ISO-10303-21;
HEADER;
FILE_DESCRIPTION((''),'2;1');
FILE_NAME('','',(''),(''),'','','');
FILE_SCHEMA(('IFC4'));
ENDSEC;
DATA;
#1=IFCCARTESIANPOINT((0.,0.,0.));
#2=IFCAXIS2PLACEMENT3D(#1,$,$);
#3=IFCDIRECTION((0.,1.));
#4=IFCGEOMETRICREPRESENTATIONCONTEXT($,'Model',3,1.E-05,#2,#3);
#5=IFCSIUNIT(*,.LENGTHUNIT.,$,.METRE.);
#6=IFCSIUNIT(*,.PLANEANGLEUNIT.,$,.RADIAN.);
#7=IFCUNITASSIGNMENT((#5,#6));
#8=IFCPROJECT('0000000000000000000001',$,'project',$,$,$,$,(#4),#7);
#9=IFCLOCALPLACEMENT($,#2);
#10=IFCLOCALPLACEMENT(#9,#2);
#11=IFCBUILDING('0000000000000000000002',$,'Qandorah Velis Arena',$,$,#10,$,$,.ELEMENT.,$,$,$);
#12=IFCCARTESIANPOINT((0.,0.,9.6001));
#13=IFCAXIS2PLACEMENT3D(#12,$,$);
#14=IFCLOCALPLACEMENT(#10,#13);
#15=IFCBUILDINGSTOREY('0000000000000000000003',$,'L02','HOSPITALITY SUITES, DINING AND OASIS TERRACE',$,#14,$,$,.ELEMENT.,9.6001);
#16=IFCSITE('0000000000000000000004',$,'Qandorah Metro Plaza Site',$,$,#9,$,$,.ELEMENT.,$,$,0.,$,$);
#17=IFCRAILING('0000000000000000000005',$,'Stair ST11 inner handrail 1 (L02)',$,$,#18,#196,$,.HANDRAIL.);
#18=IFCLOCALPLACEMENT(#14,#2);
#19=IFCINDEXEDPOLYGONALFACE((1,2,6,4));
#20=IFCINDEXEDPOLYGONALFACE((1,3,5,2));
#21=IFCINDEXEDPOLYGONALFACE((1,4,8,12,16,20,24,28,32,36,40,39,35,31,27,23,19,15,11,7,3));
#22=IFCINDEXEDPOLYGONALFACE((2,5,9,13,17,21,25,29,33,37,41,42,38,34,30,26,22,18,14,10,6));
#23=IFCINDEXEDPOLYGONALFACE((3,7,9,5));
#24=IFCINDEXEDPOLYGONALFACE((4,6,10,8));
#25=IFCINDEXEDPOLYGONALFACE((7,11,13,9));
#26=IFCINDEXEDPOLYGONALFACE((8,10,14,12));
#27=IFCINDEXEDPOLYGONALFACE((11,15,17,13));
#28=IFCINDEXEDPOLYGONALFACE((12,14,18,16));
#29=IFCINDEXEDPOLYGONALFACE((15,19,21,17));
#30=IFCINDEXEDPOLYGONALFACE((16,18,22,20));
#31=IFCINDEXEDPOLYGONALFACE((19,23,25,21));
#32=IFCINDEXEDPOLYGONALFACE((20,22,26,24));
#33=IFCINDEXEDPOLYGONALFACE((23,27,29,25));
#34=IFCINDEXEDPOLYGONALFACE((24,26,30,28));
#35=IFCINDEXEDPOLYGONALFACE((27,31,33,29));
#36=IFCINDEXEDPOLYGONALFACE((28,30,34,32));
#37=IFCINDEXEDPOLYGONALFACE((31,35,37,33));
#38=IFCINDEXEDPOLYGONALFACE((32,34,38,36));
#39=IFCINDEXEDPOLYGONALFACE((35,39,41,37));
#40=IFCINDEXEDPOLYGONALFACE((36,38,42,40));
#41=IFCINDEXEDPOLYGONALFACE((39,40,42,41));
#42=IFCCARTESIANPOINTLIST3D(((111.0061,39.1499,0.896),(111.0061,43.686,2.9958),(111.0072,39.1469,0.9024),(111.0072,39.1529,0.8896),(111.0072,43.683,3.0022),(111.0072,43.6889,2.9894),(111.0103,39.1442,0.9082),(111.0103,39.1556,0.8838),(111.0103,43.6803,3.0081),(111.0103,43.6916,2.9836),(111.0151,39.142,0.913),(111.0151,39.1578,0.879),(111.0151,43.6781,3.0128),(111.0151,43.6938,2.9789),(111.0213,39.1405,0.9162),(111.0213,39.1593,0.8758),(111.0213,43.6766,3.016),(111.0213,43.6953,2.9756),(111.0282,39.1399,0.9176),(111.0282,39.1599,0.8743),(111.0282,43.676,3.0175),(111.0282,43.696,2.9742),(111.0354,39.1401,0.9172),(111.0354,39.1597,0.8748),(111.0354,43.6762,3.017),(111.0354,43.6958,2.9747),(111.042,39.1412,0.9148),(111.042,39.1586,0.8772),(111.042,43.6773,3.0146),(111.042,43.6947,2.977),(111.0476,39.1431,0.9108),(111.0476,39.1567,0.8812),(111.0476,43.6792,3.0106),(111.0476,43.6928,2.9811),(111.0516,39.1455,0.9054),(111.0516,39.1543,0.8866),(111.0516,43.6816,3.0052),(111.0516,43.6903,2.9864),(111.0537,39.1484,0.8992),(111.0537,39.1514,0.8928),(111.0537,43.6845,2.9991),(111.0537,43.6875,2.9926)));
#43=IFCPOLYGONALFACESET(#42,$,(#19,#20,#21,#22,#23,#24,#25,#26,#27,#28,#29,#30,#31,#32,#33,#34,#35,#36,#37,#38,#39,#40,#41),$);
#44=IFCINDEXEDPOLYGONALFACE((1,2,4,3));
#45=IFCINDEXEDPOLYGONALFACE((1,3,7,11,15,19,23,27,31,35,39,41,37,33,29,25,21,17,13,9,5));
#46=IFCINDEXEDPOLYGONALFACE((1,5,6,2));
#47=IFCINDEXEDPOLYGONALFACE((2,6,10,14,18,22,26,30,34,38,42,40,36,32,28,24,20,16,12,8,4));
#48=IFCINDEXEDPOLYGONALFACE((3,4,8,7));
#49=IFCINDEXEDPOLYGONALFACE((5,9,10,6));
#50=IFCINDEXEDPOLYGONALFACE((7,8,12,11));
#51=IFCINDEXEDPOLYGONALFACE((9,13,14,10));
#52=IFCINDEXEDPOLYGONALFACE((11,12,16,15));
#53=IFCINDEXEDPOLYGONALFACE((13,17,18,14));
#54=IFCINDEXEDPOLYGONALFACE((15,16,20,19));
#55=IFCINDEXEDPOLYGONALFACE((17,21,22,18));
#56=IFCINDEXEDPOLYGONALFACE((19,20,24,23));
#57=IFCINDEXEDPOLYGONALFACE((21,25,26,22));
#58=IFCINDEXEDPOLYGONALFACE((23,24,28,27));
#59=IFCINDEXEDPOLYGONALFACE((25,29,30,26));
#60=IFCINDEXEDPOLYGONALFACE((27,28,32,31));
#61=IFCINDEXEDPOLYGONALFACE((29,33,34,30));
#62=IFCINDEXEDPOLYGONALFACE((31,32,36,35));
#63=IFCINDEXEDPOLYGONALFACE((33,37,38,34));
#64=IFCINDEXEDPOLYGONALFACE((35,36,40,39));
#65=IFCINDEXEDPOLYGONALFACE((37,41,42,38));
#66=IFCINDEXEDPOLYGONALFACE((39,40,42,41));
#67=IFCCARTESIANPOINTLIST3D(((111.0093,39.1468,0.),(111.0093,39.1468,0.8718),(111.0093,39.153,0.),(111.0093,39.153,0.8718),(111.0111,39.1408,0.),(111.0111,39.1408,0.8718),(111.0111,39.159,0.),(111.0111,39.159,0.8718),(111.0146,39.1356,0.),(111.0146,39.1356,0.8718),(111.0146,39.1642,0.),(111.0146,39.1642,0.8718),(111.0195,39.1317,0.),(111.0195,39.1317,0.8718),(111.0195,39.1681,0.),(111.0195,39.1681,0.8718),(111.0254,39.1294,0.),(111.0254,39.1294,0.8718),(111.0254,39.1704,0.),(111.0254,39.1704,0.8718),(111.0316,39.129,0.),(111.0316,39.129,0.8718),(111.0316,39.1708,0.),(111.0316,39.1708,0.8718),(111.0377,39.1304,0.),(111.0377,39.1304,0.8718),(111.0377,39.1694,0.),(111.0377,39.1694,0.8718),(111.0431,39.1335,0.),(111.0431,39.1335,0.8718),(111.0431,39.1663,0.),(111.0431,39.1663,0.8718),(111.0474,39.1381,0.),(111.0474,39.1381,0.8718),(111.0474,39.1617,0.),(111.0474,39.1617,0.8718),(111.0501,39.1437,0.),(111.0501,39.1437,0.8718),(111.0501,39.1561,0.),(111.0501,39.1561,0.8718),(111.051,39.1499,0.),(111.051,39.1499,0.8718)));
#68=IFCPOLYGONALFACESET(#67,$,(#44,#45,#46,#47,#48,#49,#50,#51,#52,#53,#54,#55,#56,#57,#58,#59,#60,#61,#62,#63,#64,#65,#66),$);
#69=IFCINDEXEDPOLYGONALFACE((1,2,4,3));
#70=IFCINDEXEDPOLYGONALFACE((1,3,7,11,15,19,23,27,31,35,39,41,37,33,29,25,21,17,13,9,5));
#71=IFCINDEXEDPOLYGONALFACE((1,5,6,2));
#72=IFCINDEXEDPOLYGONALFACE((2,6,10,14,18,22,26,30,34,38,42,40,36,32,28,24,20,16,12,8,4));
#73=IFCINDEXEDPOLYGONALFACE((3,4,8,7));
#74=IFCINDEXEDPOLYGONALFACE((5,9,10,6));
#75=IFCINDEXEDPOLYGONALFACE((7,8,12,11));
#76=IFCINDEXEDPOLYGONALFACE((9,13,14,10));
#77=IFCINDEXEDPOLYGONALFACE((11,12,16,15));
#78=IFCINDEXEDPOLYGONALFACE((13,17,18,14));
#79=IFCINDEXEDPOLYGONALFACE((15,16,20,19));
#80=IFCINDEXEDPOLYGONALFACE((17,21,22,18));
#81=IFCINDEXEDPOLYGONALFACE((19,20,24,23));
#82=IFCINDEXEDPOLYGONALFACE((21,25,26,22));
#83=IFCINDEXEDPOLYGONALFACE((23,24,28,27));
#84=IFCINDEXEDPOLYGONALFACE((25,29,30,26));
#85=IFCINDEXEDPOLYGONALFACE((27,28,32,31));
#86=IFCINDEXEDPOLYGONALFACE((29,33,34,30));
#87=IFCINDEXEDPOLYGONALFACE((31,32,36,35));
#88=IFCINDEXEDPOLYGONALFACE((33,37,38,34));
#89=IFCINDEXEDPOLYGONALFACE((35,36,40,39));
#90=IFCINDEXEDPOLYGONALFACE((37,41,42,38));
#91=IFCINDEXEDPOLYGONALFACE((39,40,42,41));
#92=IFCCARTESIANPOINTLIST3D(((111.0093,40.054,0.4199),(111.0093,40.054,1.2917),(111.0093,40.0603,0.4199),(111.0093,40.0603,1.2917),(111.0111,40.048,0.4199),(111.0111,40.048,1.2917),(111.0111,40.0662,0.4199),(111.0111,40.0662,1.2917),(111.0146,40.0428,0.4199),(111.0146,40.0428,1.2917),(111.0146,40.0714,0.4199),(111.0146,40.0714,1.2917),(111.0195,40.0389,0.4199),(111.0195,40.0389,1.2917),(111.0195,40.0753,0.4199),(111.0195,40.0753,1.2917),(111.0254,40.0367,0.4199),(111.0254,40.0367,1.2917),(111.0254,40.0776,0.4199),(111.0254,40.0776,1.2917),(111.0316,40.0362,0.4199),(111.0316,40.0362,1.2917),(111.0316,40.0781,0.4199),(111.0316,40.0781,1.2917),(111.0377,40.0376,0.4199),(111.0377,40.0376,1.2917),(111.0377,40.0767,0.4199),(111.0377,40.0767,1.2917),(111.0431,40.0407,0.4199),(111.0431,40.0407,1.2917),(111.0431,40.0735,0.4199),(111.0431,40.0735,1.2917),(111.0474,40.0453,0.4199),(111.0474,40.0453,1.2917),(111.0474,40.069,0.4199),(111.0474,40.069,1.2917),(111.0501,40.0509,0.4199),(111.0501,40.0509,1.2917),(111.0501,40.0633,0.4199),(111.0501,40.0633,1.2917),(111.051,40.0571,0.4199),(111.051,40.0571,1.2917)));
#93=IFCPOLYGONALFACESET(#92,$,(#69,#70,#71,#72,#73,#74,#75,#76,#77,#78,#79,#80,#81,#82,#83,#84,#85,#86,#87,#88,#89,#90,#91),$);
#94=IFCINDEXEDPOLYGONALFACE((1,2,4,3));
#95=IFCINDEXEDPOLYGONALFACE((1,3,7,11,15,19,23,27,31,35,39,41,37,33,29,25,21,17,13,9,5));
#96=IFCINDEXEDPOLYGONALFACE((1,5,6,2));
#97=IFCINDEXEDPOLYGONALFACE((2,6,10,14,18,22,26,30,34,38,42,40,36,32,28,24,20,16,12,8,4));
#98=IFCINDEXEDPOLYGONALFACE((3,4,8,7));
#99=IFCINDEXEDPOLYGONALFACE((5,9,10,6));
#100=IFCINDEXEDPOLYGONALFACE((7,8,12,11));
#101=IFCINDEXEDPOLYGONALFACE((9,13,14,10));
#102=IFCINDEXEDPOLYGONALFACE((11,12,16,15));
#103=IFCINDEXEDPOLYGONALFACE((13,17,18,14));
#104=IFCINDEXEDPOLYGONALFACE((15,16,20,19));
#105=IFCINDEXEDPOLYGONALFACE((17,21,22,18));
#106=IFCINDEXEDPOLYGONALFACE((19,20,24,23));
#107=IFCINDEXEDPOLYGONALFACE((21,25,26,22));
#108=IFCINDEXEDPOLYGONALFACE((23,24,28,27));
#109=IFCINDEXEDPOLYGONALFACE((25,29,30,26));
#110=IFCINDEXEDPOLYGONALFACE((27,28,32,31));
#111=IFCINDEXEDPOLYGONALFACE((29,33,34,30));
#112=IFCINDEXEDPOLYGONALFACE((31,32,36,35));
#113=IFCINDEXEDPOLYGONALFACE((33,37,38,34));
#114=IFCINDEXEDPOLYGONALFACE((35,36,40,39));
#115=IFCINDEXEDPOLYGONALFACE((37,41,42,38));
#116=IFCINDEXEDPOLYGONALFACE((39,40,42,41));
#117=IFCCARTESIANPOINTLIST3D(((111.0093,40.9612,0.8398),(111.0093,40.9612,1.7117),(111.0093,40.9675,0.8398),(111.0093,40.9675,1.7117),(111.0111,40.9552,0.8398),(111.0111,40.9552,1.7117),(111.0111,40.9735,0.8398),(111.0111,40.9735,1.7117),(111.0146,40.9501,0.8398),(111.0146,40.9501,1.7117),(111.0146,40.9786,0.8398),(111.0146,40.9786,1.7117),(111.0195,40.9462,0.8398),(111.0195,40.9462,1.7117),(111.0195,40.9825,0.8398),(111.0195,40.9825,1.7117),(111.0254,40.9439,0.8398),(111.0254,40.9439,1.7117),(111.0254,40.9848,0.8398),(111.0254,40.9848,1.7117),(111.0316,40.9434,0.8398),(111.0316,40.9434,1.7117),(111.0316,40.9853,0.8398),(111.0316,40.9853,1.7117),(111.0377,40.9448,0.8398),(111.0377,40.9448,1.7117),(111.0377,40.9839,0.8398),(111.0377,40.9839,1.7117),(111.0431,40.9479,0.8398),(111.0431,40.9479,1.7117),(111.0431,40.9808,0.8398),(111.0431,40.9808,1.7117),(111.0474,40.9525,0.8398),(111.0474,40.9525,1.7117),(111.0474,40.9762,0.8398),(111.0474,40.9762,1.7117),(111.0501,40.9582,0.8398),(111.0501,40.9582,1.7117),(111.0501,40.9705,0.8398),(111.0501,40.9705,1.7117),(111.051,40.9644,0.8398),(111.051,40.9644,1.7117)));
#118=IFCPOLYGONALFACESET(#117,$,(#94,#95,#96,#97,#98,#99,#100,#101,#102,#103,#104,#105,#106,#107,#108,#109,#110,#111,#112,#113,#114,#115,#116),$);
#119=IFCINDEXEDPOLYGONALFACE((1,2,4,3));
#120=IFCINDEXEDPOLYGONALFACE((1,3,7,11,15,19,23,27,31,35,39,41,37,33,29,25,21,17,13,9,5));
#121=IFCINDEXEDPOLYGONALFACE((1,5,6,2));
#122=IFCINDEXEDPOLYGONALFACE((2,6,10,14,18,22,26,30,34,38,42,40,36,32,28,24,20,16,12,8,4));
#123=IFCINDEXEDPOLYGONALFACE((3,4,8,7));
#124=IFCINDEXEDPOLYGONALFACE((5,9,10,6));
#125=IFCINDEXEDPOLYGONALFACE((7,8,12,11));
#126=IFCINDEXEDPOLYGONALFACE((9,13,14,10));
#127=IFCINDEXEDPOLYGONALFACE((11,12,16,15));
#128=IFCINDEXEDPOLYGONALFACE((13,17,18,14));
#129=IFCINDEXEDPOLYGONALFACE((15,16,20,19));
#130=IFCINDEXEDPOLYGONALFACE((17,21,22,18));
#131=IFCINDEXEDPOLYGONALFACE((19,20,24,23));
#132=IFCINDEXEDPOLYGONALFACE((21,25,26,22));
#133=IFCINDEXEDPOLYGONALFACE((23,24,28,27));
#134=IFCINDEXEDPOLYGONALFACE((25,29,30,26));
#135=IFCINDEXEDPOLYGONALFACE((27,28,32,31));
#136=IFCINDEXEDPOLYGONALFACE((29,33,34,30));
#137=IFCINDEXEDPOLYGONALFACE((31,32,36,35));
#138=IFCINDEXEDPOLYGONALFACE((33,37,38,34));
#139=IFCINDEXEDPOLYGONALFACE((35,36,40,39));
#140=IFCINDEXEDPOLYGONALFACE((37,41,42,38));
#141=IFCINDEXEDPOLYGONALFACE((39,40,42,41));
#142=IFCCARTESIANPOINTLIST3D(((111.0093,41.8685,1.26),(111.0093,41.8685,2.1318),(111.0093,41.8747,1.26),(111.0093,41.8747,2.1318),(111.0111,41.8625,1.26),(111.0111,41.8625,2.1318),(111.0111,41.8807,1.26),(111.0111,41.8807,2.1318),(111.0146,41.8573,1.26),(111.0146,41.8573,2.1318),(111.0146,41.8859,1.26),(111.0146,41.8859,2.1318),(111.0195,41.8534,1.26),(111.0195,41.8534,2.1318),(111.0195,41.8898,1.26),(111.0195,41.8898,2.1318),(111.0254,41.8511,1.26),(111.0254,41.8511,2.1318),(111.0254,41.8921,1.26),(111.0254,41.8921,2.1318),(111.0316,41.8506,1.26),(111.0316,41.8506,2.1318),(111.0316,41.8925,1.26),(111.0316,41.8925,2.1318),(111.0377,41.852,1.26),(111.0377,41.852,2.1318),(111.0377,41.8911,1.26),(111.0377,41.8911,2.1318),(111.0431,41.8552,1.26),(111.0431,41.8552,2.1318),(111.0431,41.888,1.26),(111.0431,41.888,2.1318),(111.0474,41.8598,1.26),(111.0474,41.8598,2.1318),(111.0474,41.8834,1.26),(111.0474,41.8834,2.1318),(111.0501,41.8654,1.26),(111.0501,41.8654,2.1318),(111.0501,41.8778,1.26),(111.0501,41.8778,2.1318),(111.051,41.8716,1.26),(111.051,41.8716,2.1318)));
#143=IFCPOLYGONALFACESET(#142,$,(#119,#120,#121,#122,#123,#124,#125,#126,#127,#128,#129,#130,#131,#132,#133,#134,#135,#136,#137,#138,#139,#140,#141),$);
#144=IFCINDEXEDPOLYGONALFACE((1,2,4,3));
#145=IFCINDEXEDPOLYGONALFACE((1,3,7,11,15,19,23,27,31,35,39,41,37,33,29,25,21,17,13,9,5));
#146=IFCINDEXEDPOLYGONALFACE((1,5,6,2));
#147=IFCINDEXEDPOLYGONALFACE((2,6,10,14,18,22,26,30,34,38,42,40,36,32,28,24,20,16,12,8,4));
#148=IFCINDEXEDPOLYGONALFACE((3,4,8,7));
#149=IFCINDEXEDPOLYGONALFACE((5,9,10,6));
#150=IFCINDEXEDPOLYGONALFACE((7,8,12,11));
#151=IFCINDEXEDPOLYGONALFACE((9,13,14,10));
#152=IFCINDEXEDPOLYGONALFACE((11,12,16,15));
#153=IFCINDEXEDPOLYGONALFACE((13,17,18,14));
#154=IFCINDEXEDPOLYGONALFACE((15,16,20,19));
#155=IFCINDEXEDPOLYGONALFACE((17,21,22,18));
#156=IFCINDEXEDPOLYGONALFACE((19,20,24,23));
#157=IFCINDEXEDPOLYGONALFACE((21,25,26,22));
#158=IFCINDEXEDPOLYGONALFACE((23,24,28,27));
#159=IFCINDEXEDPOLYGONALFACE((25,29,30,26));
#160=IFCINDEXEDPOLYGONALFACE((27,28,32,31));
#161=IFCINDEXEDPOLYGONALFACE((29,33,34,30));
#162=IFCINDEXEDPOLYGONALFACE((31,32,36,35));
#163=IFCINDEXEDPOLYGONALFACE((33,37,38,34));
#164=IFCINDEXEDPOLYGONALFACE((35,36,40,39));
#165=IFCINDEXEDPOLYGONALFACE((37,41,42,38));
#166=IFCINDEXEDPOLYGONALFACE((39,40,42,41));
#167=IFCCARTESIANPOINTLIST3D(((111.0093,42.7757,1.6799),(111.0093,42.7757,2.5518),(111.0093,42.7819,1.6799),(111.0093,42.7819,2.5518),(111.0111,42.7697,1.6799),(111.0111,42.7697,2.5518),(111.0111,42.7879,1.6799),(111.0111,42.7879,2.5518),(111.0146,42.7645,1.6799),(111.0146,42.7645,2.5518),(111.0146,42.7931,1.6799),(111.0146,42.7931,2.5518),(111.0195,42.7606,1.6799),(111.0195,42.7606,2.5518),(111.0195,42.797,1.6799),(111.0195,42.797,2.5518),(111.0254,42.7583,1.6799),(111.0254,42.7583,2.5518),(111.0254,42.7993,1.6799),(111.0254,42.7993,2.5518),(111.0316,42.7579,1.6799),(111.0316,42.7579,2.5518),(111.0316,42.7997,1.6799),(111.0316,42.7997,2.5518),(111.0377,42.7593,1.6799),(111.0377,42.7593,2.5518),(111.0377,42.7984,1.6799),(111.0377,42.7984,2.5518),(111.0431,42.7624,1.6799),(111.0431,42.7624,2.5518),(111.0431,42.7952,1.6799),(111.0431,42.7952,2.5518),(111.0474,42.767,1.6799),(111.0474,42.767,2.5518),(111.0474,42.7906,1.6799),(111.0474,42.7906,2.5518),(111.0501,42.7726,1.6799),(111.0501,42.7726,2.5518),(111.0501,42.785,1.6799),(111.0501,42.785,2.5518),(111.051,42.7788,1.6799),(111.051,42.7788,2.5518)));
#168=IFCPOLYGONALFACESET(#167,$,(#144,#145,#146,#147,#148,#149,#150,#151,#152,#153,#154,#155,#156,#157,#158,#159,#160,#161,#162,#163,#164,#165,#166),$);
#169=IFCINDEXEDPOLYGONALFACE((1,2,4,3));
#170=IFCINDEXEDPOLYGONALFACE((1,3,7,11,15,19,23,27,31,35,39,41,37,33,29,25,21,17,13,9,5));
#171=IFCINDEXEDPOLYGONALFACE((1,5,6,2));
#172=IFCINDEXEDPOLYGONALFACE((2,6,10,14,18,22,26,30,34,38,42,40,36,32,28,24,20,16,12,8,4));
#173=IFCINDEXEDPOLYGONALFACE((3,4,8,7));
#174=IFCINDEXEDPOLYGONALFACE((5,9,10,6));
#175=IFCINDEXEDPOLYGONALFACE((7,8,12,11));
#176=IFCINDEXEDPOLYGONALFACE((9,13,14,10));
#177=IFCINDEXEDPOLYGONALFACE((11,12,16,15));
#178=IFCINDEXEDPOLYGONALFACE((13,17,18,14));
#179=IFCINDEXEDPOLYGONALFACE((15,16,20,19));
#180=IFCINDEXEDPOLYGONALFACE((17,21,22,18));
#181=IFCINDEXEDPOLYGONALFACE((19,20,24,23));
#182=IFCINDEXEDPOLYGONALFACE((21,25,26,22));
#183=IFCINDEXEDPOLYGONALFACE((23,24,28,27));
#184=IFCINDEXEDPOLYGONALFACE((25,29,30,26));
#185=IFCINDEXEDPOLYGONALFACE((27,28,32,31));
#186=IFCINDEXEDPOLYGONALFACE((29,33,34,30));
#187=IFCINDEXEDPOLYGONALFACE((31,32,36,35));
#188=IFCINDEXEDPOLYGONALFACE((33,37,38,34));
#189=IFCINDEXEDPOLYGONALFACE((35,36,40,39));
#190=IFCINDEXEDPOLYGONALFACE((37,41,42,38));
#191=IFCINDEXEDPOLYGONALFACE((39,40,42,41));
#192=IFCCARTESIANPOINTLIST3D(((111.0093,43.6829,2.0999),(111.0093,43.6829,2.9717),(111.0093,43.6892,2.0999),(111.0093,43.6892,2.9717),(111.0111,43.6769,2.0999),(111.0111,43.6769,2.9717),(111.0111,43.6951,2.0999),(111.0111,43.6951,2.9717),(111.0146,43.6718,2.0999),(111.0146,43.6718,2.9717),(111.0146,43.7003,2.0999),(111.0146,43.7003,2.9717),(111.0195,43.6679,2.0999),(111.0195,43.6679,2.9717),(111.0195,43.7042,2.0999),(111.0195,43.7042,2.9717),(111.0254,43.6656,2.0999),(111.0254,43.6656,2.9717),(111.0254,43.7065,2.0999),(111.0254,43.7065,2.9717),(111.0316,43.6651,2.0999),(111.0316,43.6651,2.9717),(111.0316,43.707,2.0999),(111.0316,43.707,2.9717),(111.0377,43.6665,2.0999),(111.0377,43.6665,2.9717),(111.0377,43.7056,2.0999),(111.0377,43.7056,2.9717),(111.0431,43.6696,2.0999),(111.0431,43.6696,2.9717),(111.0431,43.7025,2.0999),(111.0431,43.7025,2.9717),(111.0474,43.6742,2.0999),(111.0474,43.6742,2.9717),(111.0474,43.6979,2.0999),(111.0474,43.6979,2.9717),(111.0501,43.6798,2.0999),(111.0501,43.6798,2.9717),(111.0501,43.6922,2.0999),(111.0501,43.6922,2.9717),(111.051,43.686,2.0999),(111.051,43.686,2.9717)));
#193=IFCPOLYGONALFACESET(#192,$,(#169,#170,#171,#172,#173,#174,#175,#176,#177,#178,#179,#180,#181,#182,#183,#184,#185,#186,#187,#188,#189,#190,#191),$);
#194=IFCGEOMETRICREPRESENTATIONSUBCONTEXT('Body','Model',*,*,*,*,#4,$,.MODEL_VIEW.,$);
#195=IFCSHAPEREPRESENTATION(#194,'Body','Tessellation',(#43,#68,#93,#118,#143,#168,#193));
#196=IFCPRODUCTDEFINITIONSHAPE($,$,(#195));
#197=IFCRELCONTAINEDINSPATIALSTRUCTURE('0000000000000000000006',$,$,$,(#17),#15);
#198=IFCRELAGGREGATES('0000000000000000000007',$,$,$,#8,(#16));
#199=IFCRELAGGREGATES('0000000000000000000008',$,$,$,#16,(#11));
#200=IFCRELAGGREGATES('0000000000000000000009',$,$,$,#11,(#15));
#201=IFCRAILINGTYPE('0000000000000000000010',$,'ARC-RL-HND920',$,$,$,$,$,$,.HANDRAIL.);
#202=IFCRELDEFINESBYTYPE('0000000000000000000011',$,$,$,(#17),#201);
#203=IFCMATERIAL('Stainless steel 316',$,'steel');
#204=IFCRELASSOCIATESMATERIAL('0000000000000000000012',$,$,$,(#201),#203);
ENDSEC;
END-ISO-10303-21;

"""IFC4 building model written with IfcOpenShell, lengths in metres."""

from ifc_helpers import new_model, si_unit, direction, frame, origin, origin_2d, place, context, subcontext, project, spatial, circle, extrude, material, type_object, element, save


model = new_model("IFC4")

# Units and contexts
model_context = context("Model", 3, precision=1e-05, world=origin(), true_north=direction((0.0, 1.0)))
body_context = subcontext(model_context, "Body", "Model", "MODEL_VIEW")
ifc_project = project(units=[si_unit("LENGTHUNIT", "METRE"), si_unit("PLANEANGLEUNIT", "RADIAN")], contexts=[model_context])

# Site, building, storey
site_placement = place(None, origin())
site = spatial("IfcSite", under=ifc_project, at=site_placement, Name="Qandorah Metro Plaza Site", CompositionType="ELEMENT", RefElevation=0.0)
building_placement = place(site_placement, origin())
building = spatial("IfcBuilding", under=site, at=building_placement, Name="Qandorah Velis Arena", CompositionType="ELEMENT")
storey_placement = place(building_placement, frame((0.0, 0.0, 9.6001)))
storey = spatial("IfcBuildingStorey", under=building, at=storey_placement, Name="L02", Description="HOSPITALITY SUITES, DINING AND OASIS TERRACE", CompositionType="ELEMENT", Elevation=9.6001)

# Railing
ifc_material_1 = material(Name="Stainless steel 316", Category="steel")
railing_type_1 = type_object("IfcRailingType", Name="ARC-RL-HND920", PredefinedType="HANDRAIL", material=ifc_material_1)
railing_1_placement = place(storey_placement, frame((111.03, 39.1499, 0.0)))
element("IfcRailing", 1, at=railing_1_placement, inside=storey, type_object=railing_type_1, Name="Stair ST11 inner handrail 1 (L02)", PredefinedType="HANDRAIL", context=body_context, shape_type="SweptSolid", body=[
    extrude(circle(Radius=0.0239, at=origin_2d()), frame((0.0, 0.0, 0.896), z_axis=(0.0, 0.907483, 0.420089), x_axis=(-1.0, 0.0, 0.0)), (0.0, 0.0, 1.0), 4.9985),
    extrude(circle(Radius=0.021, at=origin_2d()), origin(), (0.0, 0.0, 1.0), 0.8718),
    extrude(circle(Radius=0.021, at=origin_2d()), frame((0.0, 0.9072, 0.4199)), (0.0, 0.0, 1.0), 0.8718),
    extrude(circle(Radius=0.021, at=origin_2d()), frame((0.0, 1.8145, 0.8398)), (0.0, 0.0, 1.0), 0.8718),
    extrude(circle(Radius=0.021, at=origin_2d()), frame((0.0, 2.7217, 1.26)), (0.0, 0.0, 1.0), 0.8718),
    extrude(circle(Radius=0.021, at=origin_2d()), frame((0.0, 3.6289, 1.6799)), (0.0, 0.0, 1.0), 0.8718),
    extrude(circle(Radius=0.021, at=origin_2d()), frame((0.0, 4.5361, 2.0999)), (0.0, 0.0, 1.0), 0.8718),
])

save(model, "model.ifc")
